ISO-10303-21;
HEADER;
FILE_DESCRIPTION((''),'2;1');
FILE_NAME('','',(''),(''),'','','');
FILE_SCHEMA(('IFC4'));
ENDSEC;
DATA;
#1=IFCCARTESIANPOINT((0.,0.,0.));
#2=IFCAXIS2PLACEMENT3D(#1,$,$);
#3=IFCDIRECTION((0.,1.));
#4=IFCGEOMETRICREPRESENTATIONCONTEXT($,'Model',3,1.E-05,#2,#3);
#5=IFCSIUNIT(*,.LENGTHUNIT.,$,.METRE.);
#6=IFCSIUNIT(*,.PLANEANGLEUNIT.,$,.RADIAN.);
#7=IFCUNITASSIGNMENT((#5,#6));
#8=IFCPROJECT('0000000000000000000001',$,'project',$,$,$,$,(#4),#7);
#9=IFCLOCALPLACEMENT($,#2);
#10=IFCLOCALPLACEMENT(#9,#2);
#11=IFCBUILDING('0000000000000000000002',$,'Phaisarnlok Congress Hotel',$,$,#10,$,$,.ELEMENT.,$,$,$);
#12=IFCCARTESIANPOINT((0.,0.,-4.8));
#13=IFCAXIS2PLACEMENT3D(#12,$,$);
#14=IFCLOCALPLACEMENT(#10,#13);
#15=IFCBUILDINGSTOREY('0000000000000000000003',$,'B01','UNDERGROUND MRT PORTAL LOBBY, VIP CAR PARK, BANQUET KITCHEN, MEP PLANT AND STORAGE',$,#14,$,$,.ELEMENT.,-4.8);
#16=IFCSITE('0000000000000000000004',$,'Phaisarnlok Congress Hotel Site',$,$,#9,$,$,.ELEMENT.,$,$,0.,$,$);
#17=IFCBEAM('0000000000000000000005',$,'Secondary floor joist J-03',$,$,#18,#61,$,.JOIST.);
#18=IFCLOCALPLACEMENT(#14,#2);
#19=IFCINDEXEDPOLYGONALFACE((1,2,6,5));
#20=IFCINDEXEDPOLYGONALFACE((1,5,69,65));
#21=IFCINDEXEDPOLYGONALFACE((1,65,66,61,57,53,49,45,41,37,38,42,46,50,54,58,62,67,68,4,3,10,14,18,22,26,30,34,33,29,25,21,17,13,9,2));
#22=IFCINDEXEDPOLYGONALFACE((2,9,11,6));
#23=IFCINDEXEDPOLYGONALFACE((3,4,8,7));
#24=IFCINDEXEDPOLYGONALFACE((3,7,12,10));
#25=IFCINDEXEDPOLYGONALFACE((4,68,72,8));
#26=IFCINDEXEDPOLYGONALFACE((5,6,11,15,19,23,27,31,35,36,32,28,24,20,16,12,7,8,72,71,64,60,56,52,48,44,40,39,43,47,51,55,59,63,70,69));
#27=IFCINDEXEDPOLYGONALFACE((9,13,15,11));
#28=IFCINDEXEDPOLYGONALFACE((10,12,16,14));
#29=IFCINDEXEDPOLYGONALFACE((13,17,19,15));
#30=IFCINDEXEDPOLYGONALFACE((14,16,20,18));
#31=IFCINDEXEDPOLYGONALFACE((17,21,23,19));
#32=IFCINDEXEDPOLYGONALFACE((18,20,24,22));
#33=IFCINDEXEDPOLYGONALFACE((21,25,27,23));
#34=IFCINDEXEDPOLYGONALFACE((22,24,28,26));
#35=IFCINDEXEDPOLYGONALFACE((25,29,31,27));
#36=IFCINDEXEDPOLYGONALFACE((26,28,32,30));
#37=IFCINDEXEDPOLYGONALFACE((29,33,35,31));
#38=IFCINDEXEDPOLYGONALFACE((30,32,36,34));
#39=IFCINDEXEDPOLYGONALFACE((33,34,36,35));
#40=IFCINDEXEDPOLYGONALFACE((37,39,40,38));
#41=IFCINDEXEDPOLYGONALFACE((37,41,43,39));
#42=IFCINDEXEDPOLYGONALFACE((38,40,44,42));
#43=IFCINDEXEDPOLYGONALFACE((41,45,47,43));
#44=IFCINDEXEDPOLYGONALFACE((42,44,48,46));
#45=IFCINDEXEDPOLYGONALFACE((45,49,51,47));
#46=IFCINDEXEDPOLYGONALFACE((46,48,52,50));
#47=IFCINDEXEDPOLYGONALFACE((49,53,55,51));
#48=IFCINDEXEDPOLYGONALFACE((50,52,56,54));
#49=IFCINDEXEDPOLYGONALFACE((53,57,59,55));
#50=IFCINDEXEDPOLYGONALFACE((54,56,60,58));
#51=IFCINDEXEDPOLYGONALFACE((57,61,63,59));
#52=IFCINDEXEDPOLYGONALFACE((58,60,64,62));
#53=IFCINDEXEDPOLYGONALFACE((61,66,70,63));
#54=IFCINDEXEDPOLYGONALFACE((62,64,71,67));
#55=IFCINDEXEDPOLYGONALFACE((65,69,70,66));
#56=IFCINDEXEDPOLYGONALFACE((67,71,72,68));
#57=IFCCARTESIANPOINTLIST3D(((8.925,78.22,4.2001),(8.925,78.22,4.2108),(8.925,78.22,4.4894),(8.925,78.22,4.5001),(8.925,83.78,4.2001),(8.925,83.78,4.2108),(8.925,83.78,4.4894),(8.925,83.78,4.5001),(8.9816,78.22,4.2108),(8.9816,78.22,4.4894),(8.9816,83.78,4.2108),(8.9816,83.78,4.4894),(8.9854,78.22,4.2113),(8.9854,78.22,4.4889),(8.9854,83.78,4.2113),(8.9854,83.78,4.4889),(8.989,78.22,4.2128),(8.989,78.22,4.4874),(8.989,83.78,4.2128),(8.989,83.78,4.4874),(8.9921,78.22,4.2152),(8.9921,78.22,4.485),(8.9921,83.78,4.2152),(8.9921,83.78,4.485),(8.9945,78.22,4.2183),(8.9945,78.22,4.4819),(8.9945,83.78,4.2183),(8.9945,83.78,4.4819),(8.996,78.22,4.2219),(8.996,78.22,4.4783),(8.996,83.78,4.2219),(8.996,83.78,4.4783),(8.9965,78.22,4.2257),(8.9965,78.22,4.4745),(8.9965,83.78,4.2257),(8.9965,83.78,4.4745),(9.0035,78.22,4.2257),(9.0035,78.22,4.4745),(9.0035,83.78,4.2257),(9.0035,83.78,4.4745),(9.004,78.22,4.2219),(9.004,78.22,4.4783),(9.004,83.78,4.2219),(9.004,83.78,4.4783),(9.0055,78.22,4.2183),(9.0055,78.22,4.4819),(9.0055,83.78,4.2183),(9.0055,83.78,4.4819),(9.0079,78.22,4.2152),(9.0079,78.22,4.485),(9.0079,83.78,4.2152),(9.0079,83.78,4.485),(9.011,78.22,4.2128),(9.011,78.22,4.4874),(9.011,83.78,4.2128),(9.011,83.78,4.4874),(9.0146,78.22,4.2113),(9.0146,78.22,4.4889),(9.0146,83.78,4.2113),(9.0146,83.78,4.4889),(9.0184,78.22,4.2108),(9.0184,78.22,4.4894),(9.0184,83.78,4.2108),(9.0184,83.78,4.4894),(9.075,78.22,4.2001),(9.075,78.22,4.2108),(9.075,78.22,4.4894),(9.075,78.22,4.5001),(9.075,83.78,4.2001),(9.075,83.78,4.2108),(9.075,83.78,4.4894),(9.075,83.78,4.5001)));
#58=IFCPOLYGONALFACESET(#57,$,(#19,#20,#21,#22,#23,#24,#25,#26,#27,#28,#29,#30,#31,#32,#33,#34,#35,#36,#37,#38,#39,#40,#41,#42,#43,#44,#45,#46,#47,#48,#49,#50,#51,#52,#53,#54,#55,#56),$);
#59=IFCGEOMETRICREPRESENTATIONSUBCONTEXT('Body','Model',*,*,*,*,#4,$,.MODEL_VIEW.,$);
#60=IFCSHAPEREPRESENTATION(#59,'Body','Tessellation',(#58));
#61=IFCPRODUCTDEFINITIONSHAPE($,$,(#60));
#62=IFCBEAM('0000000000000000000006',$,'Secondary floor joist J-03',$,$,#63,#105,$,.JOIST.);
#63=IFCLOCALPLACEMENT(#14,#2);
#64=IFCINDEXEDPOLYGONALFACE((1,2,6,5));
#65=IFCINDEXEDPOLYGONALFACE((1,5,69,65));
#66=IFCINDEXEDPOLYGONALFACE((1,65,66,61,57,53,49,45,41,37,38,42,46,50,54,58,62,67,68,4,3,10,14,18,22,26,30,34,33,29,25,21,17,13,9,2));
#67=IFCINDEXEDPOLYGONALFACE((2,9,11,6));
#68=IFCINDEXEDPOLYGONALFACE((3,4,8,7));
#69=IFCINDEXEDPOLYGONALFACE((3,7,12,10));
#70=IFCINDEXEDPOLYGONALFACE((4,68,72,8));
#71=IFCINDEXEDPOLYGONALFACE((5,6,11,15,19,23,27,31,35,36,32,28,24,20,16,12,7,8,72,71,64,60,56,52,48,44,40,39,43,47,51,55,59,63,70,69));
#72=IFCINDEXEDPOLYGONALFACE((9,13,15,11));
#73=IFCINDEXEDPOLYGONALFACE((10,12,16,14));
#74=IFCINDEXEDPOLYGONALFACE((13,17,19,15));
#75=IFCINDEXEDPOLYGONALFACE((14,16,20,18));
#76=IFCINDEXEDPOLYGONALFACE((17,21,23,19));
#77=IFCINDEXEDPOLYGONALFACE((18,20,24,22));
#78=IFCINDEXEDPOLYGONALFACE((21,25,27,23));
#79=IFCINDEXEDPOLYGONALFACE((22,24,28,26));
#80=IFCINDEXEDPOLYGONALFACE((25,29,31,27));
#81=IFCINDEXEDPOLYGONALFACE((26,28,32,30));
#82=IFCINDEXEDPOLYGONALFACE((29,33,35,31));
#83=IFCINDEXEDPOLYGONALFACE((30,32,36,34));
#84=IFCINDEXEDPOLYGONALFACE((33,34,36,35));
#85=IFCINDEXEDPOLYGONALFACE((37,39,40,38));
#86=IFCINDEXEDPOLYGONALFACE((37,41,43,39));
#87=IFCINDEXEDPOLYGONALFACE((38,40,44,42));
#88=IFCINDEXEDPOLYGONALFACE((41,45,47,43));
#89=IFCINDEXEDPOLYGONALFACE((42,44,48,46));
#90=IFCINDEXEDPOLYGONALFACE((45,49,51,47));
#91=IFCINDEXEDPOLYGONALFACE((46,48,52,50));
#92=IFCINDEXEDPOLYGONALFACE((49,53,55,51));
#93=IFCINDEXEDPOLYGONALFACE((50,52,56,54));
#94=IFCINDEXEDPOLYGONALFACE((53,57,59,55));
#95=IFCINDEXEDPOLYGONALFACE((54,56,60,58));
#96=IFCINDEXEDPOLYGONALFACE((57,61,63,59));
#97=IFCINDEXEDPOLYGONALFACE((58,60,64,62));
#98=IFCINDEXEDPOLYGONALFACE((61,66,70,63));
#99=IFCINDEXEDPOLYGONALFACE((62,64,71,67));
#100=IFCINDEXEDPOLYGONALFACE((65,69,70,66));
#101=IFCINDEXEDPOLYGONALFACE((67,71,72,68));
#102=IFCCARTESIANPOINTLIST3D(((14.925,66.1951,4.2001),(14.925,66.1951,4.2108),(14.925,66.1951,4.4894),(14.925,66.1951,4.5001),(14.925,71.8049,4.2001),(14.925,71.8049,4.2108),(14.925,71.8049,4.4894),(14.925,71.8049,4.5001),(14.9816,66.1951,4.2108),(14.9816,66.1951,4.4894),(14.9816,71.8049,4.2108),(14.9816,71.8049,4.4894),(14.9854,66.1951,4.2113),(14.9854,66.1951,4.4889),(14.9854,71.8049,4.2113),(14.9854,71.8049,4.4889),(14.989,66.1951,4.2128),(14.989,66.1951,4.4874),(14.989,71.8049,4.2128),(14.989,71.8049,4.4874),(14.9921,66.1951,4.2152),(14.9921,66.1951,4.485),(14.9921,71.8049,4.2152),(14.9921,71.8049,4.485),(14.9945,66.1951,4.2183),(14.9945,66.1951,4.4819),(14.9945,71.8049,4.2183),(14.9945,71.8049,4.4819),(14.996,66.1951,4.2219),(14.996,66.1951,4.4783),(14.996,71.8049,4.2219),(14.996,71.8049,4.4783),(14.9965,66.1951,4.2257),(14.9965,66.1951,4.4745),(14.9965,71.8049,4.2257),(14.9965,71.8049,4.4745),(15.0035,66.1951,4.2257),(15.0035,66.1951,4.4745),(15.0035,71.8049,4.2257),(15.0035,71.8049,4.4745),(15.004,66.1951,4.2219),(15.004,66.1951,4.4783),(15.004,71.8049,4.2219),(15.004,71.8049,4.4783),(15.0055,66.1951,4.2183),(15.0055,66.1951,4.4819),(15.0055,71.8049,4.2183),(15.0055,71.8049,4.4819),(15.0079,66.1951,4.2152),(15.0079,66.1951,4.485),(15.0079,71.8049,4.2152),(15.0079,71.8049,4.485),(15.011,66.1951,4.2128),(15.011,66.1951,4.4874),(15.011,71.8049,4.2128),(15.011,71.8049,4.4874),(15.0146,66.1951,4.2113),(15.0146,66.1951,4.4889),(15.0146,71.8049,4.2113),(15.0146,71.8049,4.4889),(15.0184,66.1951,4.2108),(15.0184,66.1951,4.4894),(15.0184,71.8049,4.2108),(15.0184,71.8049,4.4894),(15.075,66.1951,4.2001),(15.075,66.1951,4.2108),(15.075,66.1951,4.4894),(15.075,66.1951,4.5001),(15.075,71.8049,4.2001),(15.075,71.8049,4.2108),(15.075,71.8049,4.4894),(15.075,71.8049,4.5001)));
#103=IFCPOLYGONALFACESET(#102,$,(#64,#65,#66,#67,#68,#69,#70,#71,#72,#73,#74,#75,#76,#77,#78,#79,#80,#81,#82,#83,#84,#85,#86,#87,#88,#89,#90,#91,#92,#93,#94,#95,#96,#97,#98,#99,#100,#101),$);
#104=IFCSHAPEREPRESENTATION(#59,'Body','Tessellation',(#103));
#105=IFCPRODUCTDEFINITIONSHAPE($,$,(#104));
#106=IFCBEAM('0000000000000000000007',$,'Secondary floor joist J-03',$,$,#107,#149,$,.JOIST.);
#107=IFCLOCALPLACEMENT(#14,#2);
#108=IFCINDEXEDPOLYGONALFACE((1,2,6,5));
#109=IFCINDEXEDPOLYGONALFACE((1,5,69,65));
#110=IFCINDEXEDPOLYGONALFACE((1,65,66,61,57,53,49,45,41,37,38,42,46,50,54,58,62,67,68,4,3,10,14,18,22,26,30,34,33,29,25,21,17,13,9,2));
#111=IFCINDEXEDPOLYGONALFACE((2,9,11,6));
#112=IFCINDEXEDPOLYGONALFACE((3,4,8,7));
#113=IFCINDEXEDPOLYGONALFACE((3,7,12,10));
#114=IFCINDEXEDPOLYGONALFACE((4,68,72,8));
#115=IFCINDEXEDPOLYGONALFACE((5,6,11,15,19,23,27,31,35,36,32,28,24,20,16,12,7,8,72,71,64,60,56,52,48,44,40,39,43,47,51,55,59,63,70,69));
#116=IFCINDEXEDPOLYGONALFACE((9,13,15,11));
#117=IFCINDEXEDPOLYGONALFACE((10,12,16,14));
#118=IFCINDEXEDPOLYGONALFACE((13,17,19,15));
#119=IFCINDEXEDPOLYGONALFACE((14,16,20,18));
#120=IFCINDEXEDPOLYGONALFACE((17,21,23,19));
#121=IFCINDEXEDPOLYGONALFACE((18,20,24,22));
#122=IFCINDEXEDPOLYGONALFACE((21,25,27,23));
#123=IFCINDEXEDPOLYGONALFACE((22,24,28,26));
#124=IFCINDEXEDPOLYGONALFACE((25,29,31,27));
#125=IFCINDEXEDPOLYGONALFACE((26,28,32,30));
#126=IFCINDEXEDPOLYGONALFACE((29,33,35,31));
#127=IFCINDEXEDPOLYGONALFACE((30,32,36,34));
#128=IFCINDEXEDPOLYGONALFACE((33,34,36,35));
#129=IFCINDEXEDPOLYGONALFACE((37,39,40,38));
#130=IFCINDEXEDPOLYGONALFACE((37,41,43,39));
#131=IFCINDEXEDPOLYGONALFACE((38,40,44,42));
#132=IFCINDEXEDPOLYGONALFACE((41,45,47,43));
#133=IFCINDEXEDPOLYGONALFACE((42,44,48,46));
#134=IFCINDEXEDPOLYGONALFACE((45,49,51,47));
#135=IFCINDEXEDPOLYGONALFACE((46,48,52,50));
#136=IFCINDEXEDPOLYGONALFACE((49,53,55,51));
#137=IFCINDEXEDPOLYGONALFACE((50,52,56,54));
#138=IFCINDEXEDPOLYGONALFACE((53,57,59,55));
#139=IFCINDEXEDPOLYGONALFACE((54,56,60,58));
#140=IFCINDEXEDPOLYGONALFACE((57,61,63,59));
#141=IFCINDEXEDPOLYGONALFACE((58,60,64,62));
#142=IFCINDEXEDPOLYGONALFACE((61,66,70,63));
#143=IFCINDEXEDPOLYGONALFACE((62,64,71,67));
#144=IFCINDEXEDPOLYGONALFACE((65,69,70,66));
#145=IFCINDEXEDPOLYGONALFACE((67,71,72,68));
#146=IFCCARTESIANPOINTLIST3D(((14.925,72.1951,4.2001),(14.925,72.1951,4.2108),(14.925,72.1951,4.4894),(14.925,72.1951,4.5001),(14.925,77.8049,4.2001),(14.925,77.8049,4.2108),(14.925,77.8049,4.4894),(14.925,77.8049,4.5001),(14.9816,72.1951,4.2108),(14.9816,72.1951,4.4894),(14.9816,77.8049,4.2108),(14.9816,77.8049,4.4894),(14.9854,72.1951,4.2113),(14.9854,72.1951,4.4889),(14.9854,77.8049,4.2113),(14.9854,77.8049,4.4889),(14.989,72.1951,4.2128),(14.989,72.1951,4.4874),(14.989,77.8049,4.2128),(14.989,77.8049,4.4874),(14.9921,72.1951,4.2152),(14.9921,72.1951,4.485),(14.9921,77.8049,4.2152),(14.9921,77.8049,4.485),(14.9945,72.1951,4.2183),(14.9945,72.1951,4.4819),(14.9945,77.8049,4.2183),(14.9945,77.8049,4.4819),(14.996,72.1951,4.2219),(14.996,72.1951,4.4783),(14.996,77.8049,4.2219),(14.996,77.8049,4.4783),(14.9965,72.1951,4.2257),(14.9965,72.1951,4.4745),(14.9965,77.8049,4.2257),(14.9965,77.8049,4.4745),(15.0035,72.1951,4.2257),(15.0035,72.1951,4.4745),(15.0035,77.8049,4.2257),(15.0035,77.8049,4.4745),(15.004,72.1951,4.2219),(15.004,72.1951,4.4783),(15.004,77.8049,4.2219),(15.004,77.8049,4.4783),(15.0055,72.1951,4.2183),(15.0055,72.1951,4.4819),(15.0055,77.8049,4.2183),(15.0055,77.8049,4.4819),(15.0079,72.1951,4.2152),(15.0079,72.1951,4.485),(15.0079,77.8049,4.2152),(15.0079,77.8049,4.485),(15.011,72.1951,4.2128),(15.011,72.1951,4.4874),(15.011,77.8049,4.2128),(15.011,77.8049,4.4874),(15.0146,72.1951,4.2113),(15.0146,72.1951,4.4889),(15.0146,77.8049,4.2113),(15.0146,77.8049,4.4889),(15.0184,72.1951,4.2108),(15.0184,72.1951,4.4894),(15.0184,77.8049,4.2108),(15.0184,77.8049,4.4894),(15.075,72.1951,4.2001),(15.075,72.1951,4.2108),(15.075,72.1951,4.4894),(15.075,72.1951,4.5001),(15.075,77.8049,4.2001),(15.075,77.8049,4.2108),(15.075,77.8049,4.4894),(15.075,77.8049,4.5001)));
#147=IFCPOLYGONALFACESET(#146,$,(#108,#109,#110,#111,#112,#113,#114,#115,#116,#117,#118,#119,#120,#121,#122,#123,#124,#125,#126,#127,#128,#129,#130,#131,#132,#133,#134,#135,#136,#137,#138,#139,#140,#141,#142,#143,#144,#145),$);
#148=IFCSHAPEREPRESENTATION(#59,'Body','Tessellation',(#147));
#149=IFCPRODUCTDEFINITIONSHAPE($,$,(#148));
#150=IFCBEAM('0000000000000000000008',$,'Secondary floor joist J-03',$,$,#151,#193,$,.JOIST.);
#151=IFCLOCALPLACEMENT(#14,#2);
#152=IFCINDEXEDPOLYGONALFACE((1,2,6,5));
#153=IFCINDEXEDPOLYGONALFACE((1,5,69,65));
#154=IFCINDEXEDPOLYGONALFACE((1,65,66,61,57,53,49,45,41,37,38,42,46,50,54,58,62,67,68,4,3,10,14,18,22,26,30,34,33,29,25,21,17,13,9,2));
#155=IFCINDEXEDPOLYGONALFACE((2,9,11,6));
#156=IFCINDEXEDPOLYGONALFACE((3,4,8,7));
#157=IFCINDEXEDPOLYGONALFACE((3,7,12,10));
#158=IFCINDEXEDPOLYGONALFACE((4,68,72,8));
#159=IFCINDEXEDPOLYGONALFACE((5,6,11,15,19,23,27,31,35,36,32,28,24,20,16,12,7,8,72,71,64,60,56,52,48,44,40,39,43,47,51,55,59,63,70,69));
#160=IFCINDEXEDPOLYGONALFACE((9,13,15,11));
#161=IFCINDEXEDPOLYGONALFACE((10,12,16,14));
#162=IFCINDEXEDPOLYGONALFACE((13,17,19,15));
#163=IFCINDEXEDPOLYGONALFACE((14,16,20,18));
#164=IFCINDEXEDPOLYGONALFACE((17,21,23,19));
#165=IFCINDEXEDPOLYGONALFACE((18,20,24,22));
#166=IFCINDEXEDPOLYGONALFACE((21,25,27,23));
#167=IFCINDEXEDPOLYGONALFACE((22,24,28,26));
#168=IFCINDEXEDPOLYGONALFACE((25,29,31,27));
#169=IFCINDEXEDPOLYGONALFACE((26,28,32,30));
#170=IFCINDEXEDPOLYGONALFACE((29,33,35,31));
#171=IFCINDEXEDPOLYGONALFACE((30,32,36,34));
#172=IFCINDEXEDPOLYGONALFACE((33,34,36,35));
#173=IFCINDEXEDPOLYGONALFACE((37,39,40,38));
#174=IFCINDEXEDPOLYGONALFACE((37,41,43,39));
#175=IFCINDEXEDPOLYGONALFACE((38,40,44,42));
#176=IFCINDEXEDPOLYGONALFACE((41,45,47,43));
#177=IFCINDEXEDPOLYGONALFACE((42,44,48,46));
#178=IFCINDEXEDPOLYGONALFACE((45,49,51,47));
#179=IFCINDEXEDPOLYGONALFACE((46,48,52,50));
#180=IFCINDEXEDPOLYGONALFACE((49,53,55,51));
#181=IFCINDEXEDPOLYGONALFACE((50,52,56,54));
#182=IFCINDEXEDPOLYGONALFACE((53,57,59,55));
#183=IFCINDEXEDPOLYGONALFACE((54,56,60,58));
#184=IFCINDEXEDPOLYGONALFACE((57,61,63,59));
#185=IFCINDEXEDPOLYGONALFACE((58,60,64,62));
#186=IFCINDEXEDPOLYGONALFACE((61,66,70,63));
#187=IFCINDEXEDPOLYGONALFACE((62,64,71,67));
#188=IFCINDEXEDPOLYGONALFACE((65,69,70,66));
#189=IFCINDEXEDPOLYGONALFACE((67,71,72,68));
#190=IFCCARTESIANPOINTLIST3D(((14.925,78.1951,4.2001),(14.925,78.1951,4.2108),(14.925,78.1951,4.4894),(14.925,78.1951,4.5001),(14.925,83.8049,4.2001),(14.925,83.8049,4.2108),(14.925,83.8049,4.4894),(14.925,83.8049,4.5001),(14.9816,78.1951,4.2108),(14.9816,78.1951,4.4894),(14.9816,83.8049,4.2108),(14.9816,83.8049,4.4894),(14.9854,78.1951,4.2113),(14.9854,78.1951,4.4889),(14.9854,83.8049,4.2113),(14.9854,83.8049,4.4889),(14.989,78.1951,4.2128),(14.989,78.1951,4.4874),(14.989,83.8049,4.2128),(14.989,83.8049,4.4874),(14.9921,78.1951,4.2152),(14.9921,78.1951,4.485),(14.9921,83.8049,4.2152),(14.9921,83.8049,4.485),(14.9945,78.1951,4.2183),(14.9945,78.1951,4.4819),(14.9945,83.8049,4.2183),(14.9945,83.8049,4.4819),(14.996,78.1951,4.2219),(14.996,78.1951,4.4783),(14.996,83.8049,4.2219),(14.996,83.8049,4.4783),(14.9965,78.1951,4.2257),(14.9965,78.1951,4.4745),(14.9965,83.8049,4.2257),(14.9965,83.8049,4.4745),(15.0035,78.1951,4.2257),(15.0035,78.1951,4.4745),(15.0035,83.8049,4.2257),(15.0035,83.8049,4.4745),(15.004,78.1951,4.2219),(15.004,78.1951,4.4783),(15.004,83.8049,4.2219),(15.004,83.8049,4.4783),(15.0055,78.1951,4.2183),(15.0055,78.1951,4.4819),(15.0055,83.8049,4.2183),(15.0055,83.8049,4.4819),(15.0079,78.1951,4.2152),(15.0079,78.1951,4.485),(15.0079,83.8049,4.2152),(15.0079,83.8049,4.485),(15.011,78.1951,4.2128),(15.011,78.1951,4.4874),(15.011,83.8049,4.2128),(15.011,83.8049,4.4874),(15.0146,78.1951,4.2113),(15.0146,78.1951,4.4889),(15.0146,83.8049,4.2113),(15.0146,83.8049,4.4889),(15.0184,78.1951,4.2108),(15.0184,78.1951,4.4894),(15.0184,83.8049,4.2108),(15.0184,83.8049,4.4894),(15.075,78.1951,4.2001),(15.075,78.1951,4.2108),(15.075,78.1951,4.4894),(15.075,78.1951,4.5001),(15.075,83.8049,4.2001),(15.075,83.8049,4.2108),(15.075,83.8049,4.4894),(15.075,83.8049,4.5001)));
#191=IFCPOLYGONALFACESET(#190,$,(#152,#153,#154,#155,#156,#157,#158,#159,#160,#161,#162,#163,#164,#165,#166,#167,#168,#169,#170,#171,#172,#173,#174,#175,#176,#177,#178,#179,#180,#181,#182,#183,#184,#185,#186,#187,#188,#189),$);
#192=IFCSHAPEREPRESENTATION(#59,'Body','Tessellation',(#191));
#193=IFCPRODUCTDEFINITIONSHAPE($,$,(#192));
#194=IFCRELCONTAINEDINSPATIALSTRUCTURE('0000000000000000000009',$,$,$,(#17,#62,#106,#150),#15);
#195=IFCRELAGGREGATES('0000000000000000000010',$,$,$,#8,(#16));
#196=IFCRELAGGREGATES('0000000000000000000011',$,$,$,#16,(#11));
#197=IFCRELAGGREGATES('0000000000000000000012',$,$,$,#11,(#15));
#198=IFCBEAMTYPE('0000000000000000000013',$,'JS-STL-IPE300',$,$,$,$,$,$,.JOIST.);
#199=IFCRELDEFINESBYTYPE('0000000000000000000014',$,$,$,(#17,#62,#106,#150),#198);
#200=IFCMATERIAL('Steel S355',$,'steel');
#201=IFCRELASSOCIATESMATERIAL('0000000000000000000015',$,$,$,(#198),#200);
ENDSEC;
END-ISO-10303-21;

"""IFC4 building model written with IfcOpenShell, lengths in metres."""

from ifc_helpers import new_model, si_unit, direction, frame, origin, origin_2d, place, context, subcontext, project, spatial, i_section, extrude, material, material_profile, profile_set, type_object, element, save


model = new_model("IFC4")

# Units and contexts
model_context = context("Model", 3, precision=1e-05, world=origin(), true_north=direction((0.0, 1.0)))
body_context = subcontext(model_context, "Body", "Model", "MODEL_VIEW")
ifc_project = project(units=[si_unit("LENGTHUNIT", "METRE"), si_unit("PLANEANGLEUNIT", "RADIAN")], contexts=[model_context])

# Site, building, storey
site_placement = place(None, origin())
site = spatial("IfcSite", under=ifc_project, at=site_placement, Name="Phaisarnlok Congress Hotel Site", CompositionType="ELEMENT", RefElevation=0.0)
building_placement = place(site_placement, origin())
building = spatial("IfcBuilding", under=site, at=building_placement, Name="Phaisarnlok Congress Hotel", CompositionType="ELEMENT")
storey_placement = place(building_placement, frame((0.0, 0.0, -4.8)))
storey = spatial("IfcBuildingStorey", under=building, at=storey_placement, Name="B01", Description="UNDERGROUND MRT PORTAL LOBBY, VIP CAR PARK, BANQUET KITCHEN, MEP PLANT AND STORAGE", CompositionType="ELEMENT", Elevation=-4.8)

# Beams
ifc_material_1 = material(Name="Steel S355", Category="steel")
ifc_material_profile_1 = material_profile(ifc_material_1, i_section(OverallWidth=0.1499, OverallDepth=0.3, WebThickness=0.0071, FlangeThickness=0.0107, FilletRadius=0.0149, at=origin_2d()), Name="IPE 300")
ifc_profile_set_1 = profile_set([ifc_material_profile_1], Name="Steel S355")
beam_type_1 = type_object("IfcBeamType", Name="JS-STL-IPE300", PredefinedType="JOIST", material=ifc_profile_set_1)
for number, where, z_axis, x_axis, name in (
    (1, (9.0, 78.22, 4.3501), (0.0, 1.0, 0.0), (-1.0, 0.0, 0.0), "Secondary floor joist J-03"),
):
    element("IfcBeam", number, at=place(storey_placement, frame(where, z_axis=z_axis, x_axis=x_axis)), inside=storey, type_object=beam_type_1, Name=name, PredefinedType="JOIST", context=body_context, shape_type="SweptSolid", body=[
        extrude(i_section(OverallWidth=0.1499, OverallDepth=0.3, WebThickness=0.0071, FlangeThickness=0.0107, FilletRadius=0.0149, at=origin_2d()), origin(), (0.0, 0.0, 1.0), 5.5601),
    ])
for number, where, z_axis, x_axis, name in (
    (2, (15.0, 66.1951, 4.3501), (0.0, 1.0, 0.0), (-1.0, 0.0, 0.0), "Secondary floor joist J-03"),
    (3, (15.0, 72.1951, 4.3501), (0.0, 1.0, 0.0), (-1.0, 0.0, 0.0), "Secondary floor joist J-03"),
    (4, (15.0, 78.1951, 4.3501), (0.0, 1.0, 0.0), (-1.0, 0.0, 0.0), "Secondary floor joist J-03"),
):
    element("IfcBeam", number, at=place(storey_placement, frame(where, z_axis=z_axis, x_axis=x_axis)), inside=storey, type_object=beam_type_1, Name=name, PredefinedType="JOIST", context=body_context, shape_type="SweptSolid", body=[
        extrude(i_section(OverallWidth=0.1499, OverallDepth=0.3, WebThickness=0.0071, FlangeThickness=0.0107, FilletRadius=0.0149, at=origin_2d()), origin(), (0.0, 0.0, 1.0), 5.6099),
    ])

save(model, "model.ifc")
